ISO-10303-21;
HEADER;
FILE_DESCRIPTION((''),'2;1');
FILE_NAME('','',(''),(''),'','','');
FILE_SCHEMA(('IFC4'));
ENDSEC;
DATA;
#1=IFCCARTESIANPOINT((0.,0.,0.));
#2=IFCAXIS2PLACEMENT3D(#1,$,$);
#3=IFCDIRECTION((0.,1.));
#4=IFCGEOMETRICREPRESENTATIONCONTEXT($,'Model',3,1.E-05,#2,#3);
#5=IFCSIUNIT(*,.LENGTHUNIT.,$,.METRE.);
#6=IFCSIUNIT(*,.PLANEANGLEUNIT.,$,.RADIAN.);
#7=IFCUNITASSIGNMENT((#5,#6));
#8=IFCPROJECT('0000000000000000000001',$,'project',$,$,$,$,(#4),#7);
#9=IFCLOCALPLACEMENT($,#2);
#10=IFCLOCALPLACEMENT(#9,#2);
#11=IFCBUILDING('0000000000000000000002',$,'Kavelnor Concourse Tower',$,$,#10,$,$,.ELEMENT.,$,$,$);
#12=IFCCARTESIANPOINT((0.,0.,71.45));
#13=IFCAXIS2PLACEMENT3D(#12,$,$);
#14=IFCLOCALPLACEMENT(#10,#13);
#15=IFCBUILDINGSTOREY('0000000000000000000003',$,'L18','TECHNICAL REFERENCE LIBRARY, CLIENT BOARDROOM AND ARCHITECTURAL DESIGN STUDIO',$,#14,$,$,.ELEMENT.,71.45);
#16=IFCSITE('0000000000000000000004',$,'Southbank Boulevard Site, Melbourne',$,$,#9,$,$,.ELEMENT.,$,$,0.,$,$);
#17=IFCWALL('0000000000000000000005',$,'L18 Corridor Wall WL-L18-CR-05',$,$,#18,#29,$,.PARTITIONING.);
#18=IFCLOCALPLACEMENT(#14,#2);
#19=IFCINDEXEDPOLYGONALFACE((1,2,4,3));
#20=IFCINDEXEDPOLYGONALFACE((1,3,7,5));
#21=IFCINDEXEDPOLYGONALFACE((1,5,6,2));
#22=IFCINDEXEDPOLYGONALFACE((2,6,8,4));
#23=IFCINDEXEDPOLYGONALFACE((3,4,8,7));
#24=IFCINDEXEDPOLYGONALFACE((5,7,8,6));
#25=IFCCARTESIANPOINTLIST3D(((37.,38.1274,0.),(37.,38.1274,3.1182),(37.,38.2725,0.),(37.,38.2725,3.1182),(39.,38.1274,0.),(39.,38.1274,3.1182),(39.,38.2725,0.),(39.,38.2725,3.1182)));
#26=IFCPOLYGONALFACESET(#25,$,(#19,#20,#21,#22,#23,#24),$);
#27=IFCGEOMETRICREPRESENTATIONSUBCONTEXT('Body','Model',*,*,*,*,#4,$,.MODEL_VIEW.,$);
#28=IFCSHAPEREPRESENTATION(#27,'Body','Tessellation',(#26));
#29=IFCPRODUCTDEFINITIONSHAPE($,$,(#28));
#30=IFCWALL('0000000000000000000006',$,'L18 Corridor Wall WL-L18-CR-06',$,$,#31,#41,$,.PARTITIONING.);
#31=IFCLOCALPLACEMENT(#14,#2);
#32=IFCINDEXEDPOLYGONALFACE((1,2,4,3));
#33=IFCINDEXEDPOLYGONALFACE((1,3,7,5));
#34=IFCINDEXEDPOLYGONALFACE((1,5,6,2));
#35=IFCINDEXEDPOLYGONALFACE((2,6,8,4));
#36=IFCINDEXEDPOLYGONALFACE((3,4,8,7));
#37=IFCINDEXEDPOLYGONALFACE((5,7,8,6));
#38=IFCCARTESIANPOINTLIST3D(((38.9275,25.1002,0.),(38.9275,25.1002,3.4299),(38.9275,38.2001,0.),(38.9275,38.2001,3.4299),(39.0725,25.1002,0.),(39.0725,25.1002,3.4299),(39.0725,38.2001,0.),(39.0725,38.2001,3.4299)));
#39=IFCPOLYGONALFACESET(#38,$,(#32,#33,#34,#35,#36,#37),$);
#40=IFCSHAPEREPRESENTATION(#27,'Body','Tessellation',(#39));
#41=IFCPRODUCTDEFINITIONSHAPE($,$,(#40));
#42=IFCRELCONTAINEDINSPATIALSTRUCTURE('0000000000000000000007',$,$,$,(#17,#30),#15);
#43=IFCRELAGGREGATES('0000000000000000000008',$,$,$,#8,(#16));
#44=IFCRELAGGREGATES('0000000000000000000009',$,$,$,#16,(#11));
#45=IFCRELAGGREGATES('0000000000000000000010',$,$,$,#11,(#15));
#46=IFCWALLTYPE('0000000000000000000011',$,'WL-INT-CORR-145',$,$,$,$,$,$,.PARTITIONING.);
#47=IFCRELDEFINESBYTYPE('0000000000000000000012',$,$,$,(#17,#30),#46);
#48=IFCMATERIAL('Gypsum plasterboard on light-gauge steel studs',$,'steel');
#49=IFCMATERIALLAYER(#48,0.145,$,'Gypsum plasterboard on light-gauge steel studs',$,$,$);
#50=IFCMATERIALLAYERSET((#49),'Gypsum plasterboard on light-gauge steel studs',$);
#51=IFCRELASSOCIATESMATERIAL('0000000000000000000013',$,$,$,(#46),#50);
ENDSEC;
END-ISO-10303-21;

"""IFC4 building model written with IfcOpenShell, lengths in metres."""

from ifc_helpers import new_model, si_unit, direction, frame, frame_2d, origin, place, context, subcontext, project, spatial, rectangle, extrude, material, layer, layer_set, type_object, element, save


model = new_model("IFC4")

# Units and contexts
model_context = context("Model", 3, precision=1e-05, world=origin(), true_north=direction((0.0, 1.0)))
body_context = subcontext(model_context, "Body", "Model", "MODEL_VIEW")
ifc_project = project(units=[si_unit("LENGTHUNIT", "METRE"), si_unit("PLANEANGLEUNIT", "RADIAN")], contexts=[model_context])

# Site, building, storey
site_placement = place(None, origin())
site = spatial("IfcSite", under=ifc_project, at=site_placement, Name="Southbank Boulevard Site, Melbourne", CompositionType="ELEMENT", RefElevation=0.0)
building_placement = place(site_placement, origin())
building = spatial("IfcBuilding", under=site, at=building_placement, Name="Kavelnor Concourse Tower", CompositionType="ELEMENT")
storey_placement = place(building_placement, frame((0.0, 0.0, 71.45)))
storey = spatial("IfcBuildingStorey", under=building, at=storey_placement, Name="L18", Description="TECHNICAL REFERENCE LIBRARY, CLIENT BOARDROOM AND ARCHITECTURAL DESIGN STUDIO", CompositionType="ELEMENT", Elevation=71.45)

# Walls
ifc_material_1 = material(Name="Gypsum plasterboard on light-gauge steel studs", Category="steel")
ifc_layer_1 = layer(ifc_material_1, 0.145, Name="Gypsum plasterboard on light-gauge steel studs")
ifc_layer_set_1 = layer_set([ifc_layer_1], Name="Gypsum plasterboard on light-gauge steel studs")
wall_type_1 = type_object("IfcWallType", Name="WL-INT-CORR-145", PredefinedType="PARTITIONING", material=ifc_layer_set_1)
wall_1_placement = place(storey_placement, frame((37.0, 38.2, 0.0), z_axis=(0.0, 0.0, 1.0), x_axis=(1.0, 0.0, 0.0)))
element("IfcWall", 1, at=wall_1_placement, inside=storey, type_object=wall_type_1, Name="L18 Corridor Wall WL-L18-CR-05", PredefinedType="PARTITIONING", context=body_context, shape_type="SweptSolid", body=[
    extrude(rectangle(XDim=2.0, YDim=0.145, at=frame_2d((1.0, 0.0))), origin(), (0.0, 0.0, 1.0), 3.1182),
])
wall_2_placement = place(storey_placement, frame((39.0, 38.2, 0.0), z_axis=(0.0, 0.0, 1.0), x_axis=(0.0, -1.0, 0.0)))
element("IfcWall", 2, at=wall_2_placement, inside=storey, type_object=wall_type_1, Name="L18 Corridor Wall WL-L18-CR-06", PredefinedType="PARTITIONING", context=body_context, shape_type="SweptSolid", body=[
    extrude(rectangle(XDim=13.0999, YDim=0.145, at=frame_2d((6.5498, 0.0))), origin(), (0.0, 0.0, 1.0), 3.4299),
])

save(model, "model.ifc")
